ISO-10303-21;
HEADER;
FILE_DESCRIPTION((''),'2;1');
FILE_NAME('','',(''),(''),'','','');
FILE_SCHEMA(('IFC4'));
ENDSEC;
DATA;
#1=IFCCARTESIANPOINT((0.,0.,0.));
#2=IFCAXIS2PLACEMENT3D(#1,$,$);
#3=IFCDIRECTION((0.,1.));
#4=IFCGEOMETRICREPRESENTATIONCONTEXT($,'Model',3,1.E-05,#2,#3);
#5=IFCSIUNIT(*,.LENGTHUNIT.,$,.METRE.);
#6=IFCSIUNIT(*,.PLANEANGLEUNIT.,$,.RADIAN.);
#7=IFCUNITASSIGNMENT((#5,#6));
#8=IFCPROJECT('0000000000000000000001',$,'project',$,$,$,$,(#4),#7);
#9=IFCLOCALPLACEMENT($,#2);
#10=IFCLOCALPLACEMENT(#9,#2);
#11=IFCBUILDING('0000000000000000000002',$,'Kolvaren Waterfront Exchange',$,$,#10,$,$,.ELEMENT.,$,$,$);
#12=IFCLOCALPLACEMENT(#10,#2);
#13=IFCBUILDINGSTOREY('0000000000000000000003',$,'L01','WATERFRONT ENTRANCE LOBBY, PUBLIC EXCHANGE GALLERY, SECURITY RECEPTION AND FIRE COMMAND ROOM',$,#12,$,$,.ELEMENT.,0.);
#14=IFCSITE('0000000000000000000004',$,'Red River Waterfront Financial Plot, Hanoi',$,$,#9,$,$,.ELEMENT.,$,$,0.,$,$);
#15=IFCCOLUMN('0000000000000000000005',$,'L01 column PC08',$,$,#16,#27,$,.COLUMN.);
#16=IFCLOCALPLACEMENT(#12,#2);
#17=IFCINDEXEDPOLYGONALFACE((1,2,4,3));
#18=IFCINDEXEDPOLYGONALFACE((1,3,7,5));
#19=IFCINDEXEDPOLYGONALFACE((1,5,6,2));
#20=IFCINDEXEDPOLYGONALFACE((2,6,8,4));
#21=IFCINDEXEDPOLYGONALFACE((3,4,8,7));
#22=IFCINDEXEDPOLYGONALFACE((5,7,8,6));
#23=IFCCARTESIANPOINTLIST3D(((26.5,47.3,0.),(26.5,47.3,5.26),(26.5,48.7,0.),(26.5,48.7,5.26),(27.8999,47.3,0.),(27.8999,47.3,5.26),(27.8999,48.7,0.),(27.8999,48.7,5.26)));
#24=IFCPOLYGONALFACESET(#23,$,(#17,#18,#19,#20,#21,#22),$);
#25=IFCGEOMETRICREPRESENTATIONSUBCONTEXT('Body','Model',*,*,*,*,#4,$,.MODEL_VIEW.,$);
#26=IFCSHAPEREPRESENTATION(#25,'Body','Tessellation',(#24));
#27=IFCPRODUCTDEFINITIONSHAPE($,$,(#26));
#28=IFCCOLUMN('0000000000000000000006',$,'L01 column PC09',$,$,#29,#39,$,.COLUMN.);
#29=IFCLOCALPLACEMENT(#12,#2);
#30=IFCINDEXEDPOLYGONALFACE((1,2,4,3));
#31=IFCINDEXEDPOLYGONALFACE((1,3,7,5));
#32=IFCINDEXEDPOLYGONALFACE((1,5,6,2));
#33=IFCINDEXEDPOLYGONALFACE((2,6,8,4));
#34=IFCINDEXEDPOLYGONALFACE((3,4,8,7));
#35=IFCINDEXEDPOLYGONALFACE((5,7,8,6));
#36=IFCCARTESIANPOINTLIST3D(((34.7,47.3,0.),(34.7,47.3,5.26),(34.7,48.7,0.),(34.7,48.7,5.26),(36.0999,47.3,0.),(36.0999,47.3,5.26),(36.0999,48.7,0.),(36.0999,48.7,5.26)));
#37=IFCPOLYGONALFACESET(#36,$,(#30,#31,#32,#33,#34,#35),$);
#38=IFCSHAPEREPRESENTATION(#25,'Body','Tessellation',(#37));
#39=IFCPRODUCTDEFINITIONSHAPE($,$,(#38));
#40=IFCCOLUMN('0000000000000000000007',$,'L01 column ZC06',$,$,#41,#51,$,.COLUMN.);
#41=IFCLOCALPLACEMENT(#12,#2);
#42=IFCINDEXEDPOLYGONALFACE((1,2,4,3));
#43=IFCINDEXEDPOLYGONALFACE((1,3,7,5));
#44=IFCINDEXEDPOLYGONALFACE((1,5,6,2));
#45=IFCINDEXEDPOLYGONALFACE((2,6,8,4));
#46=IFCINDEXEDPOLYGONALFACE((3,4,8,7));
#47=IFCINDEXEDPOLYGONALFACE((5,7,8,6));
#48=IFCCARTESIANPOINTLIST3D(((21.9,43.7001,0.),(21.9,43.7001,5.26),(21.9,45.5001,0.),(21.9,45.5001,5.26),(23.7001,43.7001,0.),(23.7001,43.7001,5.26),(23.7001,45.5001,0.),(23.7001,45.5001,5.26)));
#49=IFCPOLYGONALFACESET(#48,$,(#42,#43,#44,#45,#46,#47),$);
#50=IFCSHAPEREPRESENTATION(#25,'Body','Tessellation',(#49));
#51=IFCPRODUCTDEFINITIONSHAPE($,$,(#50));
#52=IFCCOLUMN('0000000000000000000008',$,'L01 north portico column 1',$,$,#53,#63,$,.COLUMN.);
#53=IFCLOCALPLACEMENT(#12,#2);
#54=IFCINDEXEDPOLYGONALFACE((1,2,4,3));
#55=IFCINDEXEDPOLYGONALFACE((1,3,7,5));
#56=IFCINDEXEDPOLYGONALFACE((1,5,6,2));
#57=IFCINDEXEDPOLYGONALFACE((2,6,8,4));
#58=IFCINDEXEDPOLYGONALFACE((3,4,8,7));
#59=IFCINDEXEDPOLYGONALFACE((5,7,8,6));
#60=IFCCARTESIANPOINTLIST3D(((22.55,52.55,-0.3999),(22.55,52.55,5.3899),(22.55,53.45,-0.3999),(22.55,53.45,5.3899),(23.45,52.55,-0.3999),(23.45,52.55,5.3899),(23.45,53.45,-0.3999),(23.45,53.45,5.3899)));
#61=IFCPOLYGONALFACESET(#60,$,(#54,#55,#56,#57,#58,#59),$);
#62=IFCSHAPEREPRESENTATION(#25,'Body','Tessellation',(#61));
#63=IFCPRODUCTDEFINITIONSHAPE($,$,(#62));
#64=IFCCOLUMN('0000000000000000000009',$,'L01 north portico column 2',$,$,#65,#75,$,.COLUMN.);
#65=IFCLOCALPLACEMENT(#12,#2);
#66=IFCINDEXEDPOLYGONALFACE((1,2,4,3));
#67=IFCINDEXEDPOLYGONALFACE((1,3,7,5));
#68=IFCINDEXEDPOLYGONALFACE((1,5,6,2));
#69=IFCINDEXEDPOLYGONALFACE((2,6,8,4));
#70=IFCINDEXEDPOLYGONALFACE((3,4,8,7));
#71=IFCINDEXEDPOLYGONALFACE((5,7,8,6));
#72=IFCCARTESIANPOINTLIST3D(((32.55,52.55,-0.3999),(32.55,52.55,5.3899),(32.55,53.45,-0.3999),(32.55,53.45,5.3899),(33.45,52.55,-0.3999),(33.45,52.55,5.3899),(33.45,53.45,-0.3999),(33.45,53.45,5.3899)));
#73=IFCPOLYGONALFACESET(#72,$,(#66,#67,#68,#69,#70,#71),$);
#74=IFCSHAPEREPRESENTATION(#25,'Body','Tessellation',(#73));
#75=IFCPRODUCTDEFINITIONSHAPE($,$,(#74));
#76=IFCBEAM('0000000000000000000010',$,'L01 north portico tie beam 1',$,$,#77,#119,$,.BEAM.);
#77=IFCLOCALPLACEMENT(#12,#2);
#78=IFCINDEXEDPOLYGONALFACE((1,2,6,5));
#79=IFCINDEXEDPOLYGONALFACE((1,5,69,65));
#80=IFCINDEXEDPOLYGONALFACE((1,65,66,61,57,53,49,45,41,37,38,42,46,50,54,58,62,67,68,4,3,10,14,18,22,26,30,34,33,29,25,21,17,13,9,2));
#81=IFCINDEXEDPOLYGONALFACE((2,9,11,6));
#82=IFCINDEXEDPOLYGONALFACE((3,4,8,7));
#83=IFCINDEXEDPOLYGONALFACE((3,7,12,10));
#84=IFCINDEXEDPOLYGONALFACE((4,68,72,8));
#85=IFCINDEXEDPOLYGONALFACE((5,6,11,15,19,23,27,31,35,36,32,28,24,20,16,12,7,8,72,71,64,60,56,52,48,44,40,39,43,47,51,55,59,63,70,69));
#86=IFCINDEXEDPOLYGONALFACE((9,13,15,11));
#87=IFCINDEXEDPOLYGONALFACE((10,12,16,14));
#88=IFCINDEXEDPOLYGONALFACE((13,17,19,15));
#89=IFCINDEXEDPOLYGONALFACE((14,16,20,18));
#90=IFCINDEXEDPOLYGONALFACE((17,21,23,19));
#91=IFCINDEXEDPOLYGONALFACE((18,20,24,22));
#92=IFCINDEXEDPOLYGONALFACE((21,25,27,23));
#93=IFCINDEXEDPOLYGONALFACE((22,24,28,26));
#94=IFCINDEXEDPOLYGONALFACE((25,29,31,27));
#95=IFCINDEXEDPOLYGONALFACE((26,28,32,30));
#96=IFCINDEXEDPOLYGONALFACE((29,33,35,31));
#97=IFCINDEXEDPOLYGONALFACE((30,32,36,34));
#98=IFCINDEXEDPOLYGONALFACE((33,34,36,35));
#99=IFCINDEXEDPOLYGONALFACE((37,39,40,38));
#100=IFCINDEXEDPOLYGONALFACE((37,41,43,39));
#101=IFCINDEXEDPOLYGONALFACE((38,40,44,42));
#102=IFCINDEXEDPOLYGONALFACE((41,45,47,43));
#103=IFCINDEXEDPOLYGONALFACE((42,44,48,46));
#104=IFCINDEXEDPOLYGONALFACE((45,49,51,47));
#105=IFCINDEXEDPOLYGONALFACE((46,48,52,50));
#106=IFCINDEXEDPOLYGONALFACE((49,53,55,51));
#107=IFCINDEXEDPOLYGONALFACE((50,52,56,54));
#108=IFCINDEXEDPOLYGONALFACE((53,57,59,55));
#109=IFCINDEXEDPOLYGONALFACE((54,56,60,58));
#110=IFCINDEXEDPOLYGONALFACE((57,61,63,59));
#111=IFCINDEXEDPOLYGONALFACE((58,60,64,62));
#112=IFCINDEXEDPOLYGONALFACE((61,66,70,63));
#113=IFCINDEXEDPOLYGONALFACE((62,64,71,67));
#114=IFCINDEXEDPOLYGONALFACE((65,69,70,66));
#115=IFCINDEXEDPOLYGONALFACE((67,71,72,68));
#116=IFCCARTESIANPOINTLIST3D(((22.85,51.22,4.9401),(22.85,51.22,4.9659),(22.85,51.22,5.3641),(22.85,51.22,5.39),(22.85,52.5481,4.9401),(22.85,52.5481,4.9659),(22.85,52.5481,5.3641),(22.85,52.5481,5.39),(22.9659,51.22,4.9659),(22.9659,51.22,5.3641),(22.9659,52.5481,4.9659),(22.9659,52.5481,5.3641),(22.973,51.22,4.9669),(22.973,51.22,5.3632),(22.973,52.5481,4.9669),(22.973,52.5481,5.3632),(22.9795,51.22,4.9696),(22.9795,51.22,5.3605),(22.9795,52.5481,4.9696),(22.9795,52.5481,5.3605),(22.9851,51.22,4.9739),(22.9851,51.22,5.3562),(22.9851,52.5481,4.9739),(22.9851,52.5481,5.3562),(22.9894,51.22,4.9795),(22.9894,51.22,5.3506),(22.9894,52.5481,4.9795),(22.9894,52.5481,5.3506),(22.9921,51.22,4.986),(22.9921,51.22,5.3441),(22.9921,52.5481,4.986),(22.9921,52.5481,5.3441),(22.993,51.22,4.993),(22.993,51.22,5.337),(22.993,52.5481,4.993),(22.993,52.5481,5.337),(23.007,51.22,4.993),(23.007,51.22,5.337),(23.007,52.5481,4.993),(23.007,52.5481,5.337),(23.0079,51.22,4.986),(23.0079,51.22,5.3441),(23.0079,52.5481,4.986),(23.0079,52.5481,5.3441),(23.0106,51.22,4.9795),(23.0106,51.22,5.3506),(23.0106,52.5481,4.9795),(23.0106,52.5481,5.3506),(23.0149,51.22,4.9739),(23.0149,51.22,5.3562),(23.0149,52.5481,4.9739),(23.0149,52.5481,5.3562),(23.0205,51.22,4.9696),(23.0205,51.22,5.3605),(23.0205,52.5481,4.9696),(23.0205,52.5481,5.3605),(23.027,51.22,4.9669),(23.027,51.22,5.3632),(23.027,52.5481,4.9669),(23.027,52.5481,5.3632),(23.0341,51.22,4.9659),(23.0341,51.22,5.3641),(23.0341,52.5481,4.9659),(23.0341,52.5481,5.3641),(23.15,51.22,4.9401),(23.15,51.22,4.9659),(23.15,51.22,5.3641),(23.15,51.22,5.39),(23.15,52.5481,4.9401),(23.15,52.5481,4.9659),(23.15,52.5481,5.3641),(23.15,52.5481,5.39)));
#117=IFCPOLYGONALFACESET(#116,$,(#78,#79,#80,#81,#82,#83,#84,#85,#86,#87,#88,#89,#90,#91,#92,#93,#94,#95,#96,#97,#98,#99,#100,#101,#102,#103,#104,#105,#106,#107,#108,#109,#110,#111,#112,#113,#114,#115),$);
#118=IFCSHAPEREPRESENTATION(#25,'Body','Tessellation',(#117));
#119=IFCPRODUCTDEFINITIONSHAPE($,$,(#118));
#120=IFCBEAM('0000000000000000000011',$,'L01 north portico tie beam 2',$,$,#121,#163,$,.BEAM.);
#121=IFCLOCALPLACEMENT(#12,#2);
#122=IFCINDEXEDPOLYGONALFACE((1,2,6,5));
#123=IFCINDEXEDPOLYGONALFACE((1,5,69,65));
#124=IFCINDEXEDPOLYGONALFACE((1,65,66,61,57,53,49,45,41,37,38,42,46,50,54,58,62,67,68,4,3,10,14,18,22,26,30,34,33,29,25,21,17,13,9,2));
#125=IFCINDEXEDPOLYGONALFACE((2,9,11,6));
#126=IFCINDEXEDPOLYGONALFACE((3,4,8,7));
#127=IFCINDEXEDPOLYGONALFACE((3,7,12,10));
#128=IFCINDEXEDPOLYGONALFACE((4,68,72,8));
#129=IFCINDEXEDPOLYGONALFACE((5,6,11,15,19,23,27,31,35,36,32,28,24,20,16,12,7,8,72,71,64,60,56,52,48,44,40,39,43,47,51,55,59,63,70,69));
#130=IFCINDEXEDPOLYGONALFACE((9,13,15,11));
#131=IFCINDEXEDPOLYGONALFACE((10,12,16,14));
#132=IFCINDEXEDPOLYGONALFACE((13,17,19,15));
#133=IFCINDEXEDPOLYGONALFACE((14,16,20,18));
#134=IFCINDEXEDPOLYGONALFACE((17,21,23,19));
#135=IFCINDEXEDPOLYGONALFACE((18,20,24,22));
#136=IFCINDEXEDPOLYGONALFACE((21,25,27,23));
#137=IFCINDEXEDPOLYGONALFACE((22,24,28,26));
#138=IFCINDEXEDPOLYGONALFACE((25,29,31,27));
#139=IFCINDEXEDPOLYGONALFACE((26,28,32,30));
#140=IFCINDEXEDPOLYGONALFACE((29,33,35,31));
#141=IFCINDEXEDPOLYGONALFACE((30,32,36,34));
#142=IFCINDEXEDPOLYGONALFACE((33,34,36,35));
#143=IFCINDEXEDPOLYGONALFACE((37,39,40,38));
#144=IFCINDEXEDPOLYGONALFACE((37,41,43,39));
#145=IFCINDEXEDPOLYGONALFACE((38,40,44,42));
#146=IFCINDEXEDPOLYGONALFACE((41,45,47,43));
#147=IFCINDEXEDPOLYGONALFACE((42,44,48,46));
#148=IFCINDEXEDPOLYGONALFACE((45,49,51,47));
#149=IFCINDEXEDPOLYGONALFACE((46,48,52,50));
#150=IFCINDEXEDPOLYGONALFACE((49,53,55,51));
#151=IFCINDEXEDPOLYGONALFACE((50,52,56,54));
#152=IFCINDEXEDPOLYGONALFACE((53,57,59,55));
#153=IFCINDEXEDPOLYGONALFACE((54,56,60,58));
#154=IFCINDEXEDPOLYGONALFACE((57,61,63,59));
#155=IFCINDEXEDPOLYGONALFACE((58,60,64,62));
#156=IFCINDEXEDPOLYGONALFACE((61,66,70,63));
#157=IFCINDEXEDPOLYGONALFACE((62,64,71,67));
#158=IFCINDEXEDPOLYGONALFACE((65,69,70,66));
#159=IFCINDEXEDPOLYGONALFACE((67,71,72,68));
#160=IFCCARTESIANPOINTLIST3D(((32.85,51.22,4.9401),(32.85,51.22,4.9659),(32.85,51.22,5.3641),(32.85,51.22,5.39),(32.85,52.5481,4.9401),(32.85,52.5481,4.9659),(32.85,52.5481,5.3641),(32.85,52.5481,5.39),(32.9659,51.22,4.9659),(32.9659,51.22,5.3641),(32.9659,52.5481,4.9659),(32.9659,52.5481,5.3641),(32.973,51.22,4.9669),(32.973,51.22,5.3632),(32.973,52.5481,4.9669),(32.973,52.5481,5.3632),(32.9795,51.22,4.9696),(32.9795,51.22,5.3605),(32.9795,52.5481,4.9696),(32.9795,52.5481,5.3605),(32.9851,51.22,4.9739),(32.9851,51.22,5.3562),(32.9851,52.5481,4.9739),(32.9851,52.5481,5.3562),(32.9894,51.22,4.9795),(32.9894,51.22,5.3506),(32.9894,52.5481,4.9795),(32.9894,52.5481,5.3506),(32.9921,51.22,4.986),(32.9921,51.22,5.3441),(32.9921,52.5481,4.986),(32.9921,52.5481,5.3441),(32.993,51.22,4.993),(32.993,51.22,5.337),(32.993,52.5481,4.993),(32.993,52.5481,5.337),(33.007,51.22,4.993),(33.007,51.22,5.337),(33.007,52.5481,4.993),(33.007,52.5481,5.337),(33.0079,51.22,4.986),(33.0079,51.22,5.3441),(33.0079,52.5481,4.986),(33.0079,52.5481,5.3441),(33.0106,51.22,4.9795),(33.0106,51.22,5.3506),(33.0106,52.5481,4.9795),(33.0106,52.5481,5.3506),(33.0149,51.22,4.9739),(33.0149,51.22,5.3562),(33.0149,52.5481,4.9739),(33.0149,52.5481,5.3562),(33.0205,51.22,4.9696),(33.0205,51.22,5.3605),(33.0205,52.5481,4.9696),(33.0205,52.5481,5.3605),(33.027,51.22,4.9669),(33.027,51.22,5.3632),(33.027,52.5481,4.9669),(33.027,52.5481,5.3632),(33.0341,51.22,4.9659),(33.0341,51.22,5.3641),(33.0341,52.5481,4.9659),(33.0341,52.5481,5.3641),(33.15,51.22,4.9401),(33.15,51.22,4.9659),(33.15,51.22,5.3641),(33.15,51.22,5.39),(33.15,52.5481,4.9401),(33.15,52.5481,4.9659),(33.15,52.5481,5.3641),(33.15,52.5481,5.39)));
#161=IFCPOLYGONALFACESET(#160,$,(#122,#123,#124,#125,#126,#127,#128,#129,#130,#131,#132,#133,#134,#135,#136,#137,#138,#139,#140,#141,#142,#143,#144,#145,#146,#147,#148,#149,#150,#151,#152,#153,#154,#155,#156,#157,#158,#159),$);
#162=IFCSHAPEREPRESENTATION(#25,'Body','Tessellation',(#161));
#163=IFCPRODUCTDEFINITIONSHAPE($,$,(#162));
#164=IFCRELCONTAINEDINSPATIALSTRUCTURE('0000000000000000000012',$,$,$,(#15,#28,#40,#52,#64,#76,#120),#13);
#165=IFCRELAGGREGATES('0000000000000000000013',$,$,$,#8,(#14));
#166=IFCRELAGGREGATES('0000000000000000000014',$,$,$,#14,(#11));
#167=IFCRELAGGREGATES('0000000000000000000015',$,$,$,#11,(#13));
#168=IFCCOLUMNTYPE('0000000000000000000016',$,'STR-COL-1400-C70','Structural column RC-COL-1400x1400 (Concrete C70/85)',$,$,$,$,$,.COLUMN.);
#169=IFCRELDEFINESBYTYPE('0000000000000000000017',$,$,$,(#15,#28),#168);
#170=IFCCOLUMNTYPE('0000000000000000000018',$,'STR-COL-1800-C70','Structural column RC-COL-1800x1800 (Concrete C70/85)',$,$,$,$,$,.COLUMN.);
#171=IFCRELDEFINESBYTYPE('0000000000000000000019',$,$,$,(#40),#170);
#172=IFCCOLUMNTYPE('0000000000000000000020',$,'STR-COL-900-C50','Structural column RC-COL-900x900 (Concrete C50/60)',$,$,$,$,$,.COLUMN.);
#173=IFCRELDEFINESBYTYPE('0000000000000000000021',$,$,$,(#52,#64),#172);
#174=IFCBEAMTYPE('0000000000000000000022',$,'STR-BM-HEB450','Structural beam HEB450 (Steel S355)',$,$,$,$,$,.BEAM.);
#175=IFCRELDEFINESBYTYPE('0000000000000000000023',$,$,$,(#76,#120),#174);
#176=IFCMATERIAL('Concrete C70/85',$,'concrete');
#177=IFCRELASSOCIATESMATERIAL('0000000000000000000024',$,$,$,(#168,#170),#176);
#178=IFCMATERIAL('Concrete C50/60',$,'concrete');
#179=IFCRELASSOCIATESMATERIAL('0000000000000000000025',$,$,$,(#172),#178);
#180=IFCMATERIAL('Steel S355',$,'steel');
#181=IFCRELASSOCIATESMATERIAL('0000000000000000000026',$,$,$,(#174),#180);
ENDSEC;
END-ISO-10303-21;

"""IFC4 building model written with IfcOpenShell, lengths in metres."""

from ifc_helpers import new_model, si_unit, direction, frame, origin, origin_2d, place, context, subcontext, project, spatial, rectangle, i_section, extrude, material, material_profile, profile_set, type_object, element, save


model = new_model("IFC4")

# Units and contexts
model_context = context("Model", 3, precision=1e-05, world=origin(), true_north=direction((0.0, 1.0)))
body_context = subcontext(model_context, "Body", "Model", "MODEL_VIEW")
ifc_project = project(units=[si_unit("LENGTHUNIT", "METRE"), si_unit("PLANEANGLEUNIT", "RADIAN")], contexts=[model_context])

# Site, building, storey
site_placement = place(None, origin())
site = spatial("IfcSite", under=ifc_project, at=site_placement, Name="Red River Waterfront Financial Plot, Hanoi", CompositionType="ELEMENT", RefElevation=0.0)
building_placement = place(site_placement, origin())
building = spatial("IfcBuilding", under=site, at=building_placement, Name="Kolvaren Waterfront Exchange", CompositionType="ELEMENT")
storey_placement = place(building_placement, origin())
storey = spatial("IfcBuildingStorey", under=building, at=storey_placement, Name="L01", Description="WATERFRONT ENTRANCE LOBBY, PUBLIC EXCHANGE GALLERY, SECURITY RECEPTION AND FIRE COMMAND ROOM", CompositionType="ELEMENT", Elevation=0.0)

# Columns
ifc_material_1 = material(Name="Concrete C70/85", Category="concrete")
ifc_material_profile_1 = material_profile(ifc_material_1, rectangle(XDim=1.3999, YDim=1.3999, at=origin_2d()), Name="RC-COL-1400x1400")
ifc_profile_set_1 = profile_set([ifc_material_profile_1], Name="Concrete C70/85")
column_type_1 = type_object("IfcColumnType", Name="STR-COL-1400-C70", Description="Structural column RC-COL-1400x1400 (Concrete C70/85)", PredefinedType="COLUMN", material=ifc_profile_set_1)
for number, where, z_axis, x_axis, name in (
    (1, (27.2, 48.0, 0.0), (0.0, 0.0, 1.0), (1.0, 0.0, 0.0), "L01 column PC08"),
    (2, (35.3999, 48.0, 0.0), (0.0, 0.0, 1.0), (1.0, 0.0, 0.0), "L01 column PC09"),
):
    element("IfcColumn", number, at=place(storey_placement, frame(where, z_axis=z_axis, x_axis=x_axis)), inside=storey, type_object=column_type_1, Name=name, PredefinedType="COLUMN", context=body_context, shape_type="SweptSolid", body=[
        extrude(rectangle(XDim=1.3999, YDim=1.3999, at=origin_2d()), origin(), (0.0, 0.0, 1.0), 5.26),
    ])
ifc_material_profile_2 = material_profile(ifc_material_1, rectangle(XDim=1.8, YDim=1.8, at=origin_2d()), Name="RC-COL-1800x1800")
ifc_profile_set_2 = profile_set([ifc_material_profile_2], Name="Concrete C70/85")
column_type_2 = type_object("IfcColumnType", Name="STR-COL-1800-C70", Description="Structural column RC-COL-1800x1800 (Concrete C70/85)", PredefinedType="COLUMN", material=ifc_profile_set_2)
column_placement = place(storey_placement, frame((22.8, 44.6001, 0.0), z_axis=(0.0, 0.0, 1.0), x_axis=(1.0, 0.0, 0.0)))
element("IfcColumn", 3, at=column_placement, inside=storey, type_object=column_type_2, Name="L01 column ZC06", PredefinedType="COLUMN", context=body_context, shape_type="SweptSolid", body=[
    extrude(rectangle(XDim=1.8, YDim=1.8, at=origin_2d()), origin(), (0.0, 0.0, 1.0), 5.26),
])
ifc_material_2 = material(Name="Concrete C50/60", Category="concrete")
ifc_material_profile_3 = material_profile(ifc_material_2, rectangle(XDim=0.8999, YDim=0.8999, at=origin_2d()), Name="RC-COL-900x900")
ifc_profile_set_3 = profile_set([ifc_material_profile_3], Name="Concrete C50/60")
column_type_3 = type_object("IfcColumnType", Name="STR-COL-900-C50", Description="Structural column RC-COL-900x900 (Concrete C50/60)", PredefinedType="COLUMN", material=ifc_profile_set_3)
for number, where, z_axis, x_axis, name in (
    (4, (23.0, 53.0, -0.3999), (0.0, 0.0, 1.0), (1.0, 0.0, 0.0), "L01 north portico column 1"),
    (5, (33.0, 53.0, -0.3999), (0.0, 0.0, 1.0), (1.0, 0.0, 0.0), "L01 north portico column 2"),
):
    element("IfcColumn", number, at=place(storey_placement, frame(where, z_axis=z_axis, x_axis=x_axis)), inside=storey, type_object=column_type_3, Name=name, PredefinedType="COLUMN", context=body_context, shape_type="SweptSolid", body=[
        extrude(rectangle(XDim=0.8999, YDim=0.8999, at=origin_2d()), origin(), (0.0, 0.0, 1.0), 5.7898),
    ])

# Beams
ifc_material_3 = material(Name="Steel S355", Category="steel")
ifc_material_profile_4 = material_profile(ifc_material_3, i_section(OverallWidth=0.3, OverallDepth=0.45, WebThickness=0.0139, FlangeThickness=0.0259, FilletRadius=0.0271, at=origin_2d()), Name="HEB450")
ifc_profile_set_4 = profile_set([ifc_material_profile_4], Name="Steel S355")
beam_type_1 = type_object("IfcBeamType", Name="STR-BM-HEB450", Description="Structural beam HEB450 (Steel S355)", PredefinedType="BEAM", material=ifc_profile_set_4)
for number, where, z_axis, x_axis, name in (
    (6, (23.0, 52.5481, 5.165), (0.0, -1.0, 0.0), (1.0, 0.0, 0.0), "L01 north portico tie beam 1"),
    (7, (33.0, 52.5481, 5.165), (0.0, -1.0, 0.0), (1.0, 0.0, 0.0), "L01 north portico tie beam 2"),
):
    element("IfcBeam", number, at=place(storey_placement, frame(where, z_axis=z_axis, x_axis=x_axis)), inside=storey, type_object=beam_type_1, Name=name, PredefinedType="BEAM", context=body_context, shape_type="SweptSolid", body=[
        extrude(i_section(OverallWidth=0.3, OverallDepth=0.45, WebThickness=0.0139, FlangeThickness=0.0259, FilletRadius=0.0271, at=origin_2d()), origin(), (0.0, 0.0, 1.0), 1.3281),
    ])

save(model, "model.ifc")
